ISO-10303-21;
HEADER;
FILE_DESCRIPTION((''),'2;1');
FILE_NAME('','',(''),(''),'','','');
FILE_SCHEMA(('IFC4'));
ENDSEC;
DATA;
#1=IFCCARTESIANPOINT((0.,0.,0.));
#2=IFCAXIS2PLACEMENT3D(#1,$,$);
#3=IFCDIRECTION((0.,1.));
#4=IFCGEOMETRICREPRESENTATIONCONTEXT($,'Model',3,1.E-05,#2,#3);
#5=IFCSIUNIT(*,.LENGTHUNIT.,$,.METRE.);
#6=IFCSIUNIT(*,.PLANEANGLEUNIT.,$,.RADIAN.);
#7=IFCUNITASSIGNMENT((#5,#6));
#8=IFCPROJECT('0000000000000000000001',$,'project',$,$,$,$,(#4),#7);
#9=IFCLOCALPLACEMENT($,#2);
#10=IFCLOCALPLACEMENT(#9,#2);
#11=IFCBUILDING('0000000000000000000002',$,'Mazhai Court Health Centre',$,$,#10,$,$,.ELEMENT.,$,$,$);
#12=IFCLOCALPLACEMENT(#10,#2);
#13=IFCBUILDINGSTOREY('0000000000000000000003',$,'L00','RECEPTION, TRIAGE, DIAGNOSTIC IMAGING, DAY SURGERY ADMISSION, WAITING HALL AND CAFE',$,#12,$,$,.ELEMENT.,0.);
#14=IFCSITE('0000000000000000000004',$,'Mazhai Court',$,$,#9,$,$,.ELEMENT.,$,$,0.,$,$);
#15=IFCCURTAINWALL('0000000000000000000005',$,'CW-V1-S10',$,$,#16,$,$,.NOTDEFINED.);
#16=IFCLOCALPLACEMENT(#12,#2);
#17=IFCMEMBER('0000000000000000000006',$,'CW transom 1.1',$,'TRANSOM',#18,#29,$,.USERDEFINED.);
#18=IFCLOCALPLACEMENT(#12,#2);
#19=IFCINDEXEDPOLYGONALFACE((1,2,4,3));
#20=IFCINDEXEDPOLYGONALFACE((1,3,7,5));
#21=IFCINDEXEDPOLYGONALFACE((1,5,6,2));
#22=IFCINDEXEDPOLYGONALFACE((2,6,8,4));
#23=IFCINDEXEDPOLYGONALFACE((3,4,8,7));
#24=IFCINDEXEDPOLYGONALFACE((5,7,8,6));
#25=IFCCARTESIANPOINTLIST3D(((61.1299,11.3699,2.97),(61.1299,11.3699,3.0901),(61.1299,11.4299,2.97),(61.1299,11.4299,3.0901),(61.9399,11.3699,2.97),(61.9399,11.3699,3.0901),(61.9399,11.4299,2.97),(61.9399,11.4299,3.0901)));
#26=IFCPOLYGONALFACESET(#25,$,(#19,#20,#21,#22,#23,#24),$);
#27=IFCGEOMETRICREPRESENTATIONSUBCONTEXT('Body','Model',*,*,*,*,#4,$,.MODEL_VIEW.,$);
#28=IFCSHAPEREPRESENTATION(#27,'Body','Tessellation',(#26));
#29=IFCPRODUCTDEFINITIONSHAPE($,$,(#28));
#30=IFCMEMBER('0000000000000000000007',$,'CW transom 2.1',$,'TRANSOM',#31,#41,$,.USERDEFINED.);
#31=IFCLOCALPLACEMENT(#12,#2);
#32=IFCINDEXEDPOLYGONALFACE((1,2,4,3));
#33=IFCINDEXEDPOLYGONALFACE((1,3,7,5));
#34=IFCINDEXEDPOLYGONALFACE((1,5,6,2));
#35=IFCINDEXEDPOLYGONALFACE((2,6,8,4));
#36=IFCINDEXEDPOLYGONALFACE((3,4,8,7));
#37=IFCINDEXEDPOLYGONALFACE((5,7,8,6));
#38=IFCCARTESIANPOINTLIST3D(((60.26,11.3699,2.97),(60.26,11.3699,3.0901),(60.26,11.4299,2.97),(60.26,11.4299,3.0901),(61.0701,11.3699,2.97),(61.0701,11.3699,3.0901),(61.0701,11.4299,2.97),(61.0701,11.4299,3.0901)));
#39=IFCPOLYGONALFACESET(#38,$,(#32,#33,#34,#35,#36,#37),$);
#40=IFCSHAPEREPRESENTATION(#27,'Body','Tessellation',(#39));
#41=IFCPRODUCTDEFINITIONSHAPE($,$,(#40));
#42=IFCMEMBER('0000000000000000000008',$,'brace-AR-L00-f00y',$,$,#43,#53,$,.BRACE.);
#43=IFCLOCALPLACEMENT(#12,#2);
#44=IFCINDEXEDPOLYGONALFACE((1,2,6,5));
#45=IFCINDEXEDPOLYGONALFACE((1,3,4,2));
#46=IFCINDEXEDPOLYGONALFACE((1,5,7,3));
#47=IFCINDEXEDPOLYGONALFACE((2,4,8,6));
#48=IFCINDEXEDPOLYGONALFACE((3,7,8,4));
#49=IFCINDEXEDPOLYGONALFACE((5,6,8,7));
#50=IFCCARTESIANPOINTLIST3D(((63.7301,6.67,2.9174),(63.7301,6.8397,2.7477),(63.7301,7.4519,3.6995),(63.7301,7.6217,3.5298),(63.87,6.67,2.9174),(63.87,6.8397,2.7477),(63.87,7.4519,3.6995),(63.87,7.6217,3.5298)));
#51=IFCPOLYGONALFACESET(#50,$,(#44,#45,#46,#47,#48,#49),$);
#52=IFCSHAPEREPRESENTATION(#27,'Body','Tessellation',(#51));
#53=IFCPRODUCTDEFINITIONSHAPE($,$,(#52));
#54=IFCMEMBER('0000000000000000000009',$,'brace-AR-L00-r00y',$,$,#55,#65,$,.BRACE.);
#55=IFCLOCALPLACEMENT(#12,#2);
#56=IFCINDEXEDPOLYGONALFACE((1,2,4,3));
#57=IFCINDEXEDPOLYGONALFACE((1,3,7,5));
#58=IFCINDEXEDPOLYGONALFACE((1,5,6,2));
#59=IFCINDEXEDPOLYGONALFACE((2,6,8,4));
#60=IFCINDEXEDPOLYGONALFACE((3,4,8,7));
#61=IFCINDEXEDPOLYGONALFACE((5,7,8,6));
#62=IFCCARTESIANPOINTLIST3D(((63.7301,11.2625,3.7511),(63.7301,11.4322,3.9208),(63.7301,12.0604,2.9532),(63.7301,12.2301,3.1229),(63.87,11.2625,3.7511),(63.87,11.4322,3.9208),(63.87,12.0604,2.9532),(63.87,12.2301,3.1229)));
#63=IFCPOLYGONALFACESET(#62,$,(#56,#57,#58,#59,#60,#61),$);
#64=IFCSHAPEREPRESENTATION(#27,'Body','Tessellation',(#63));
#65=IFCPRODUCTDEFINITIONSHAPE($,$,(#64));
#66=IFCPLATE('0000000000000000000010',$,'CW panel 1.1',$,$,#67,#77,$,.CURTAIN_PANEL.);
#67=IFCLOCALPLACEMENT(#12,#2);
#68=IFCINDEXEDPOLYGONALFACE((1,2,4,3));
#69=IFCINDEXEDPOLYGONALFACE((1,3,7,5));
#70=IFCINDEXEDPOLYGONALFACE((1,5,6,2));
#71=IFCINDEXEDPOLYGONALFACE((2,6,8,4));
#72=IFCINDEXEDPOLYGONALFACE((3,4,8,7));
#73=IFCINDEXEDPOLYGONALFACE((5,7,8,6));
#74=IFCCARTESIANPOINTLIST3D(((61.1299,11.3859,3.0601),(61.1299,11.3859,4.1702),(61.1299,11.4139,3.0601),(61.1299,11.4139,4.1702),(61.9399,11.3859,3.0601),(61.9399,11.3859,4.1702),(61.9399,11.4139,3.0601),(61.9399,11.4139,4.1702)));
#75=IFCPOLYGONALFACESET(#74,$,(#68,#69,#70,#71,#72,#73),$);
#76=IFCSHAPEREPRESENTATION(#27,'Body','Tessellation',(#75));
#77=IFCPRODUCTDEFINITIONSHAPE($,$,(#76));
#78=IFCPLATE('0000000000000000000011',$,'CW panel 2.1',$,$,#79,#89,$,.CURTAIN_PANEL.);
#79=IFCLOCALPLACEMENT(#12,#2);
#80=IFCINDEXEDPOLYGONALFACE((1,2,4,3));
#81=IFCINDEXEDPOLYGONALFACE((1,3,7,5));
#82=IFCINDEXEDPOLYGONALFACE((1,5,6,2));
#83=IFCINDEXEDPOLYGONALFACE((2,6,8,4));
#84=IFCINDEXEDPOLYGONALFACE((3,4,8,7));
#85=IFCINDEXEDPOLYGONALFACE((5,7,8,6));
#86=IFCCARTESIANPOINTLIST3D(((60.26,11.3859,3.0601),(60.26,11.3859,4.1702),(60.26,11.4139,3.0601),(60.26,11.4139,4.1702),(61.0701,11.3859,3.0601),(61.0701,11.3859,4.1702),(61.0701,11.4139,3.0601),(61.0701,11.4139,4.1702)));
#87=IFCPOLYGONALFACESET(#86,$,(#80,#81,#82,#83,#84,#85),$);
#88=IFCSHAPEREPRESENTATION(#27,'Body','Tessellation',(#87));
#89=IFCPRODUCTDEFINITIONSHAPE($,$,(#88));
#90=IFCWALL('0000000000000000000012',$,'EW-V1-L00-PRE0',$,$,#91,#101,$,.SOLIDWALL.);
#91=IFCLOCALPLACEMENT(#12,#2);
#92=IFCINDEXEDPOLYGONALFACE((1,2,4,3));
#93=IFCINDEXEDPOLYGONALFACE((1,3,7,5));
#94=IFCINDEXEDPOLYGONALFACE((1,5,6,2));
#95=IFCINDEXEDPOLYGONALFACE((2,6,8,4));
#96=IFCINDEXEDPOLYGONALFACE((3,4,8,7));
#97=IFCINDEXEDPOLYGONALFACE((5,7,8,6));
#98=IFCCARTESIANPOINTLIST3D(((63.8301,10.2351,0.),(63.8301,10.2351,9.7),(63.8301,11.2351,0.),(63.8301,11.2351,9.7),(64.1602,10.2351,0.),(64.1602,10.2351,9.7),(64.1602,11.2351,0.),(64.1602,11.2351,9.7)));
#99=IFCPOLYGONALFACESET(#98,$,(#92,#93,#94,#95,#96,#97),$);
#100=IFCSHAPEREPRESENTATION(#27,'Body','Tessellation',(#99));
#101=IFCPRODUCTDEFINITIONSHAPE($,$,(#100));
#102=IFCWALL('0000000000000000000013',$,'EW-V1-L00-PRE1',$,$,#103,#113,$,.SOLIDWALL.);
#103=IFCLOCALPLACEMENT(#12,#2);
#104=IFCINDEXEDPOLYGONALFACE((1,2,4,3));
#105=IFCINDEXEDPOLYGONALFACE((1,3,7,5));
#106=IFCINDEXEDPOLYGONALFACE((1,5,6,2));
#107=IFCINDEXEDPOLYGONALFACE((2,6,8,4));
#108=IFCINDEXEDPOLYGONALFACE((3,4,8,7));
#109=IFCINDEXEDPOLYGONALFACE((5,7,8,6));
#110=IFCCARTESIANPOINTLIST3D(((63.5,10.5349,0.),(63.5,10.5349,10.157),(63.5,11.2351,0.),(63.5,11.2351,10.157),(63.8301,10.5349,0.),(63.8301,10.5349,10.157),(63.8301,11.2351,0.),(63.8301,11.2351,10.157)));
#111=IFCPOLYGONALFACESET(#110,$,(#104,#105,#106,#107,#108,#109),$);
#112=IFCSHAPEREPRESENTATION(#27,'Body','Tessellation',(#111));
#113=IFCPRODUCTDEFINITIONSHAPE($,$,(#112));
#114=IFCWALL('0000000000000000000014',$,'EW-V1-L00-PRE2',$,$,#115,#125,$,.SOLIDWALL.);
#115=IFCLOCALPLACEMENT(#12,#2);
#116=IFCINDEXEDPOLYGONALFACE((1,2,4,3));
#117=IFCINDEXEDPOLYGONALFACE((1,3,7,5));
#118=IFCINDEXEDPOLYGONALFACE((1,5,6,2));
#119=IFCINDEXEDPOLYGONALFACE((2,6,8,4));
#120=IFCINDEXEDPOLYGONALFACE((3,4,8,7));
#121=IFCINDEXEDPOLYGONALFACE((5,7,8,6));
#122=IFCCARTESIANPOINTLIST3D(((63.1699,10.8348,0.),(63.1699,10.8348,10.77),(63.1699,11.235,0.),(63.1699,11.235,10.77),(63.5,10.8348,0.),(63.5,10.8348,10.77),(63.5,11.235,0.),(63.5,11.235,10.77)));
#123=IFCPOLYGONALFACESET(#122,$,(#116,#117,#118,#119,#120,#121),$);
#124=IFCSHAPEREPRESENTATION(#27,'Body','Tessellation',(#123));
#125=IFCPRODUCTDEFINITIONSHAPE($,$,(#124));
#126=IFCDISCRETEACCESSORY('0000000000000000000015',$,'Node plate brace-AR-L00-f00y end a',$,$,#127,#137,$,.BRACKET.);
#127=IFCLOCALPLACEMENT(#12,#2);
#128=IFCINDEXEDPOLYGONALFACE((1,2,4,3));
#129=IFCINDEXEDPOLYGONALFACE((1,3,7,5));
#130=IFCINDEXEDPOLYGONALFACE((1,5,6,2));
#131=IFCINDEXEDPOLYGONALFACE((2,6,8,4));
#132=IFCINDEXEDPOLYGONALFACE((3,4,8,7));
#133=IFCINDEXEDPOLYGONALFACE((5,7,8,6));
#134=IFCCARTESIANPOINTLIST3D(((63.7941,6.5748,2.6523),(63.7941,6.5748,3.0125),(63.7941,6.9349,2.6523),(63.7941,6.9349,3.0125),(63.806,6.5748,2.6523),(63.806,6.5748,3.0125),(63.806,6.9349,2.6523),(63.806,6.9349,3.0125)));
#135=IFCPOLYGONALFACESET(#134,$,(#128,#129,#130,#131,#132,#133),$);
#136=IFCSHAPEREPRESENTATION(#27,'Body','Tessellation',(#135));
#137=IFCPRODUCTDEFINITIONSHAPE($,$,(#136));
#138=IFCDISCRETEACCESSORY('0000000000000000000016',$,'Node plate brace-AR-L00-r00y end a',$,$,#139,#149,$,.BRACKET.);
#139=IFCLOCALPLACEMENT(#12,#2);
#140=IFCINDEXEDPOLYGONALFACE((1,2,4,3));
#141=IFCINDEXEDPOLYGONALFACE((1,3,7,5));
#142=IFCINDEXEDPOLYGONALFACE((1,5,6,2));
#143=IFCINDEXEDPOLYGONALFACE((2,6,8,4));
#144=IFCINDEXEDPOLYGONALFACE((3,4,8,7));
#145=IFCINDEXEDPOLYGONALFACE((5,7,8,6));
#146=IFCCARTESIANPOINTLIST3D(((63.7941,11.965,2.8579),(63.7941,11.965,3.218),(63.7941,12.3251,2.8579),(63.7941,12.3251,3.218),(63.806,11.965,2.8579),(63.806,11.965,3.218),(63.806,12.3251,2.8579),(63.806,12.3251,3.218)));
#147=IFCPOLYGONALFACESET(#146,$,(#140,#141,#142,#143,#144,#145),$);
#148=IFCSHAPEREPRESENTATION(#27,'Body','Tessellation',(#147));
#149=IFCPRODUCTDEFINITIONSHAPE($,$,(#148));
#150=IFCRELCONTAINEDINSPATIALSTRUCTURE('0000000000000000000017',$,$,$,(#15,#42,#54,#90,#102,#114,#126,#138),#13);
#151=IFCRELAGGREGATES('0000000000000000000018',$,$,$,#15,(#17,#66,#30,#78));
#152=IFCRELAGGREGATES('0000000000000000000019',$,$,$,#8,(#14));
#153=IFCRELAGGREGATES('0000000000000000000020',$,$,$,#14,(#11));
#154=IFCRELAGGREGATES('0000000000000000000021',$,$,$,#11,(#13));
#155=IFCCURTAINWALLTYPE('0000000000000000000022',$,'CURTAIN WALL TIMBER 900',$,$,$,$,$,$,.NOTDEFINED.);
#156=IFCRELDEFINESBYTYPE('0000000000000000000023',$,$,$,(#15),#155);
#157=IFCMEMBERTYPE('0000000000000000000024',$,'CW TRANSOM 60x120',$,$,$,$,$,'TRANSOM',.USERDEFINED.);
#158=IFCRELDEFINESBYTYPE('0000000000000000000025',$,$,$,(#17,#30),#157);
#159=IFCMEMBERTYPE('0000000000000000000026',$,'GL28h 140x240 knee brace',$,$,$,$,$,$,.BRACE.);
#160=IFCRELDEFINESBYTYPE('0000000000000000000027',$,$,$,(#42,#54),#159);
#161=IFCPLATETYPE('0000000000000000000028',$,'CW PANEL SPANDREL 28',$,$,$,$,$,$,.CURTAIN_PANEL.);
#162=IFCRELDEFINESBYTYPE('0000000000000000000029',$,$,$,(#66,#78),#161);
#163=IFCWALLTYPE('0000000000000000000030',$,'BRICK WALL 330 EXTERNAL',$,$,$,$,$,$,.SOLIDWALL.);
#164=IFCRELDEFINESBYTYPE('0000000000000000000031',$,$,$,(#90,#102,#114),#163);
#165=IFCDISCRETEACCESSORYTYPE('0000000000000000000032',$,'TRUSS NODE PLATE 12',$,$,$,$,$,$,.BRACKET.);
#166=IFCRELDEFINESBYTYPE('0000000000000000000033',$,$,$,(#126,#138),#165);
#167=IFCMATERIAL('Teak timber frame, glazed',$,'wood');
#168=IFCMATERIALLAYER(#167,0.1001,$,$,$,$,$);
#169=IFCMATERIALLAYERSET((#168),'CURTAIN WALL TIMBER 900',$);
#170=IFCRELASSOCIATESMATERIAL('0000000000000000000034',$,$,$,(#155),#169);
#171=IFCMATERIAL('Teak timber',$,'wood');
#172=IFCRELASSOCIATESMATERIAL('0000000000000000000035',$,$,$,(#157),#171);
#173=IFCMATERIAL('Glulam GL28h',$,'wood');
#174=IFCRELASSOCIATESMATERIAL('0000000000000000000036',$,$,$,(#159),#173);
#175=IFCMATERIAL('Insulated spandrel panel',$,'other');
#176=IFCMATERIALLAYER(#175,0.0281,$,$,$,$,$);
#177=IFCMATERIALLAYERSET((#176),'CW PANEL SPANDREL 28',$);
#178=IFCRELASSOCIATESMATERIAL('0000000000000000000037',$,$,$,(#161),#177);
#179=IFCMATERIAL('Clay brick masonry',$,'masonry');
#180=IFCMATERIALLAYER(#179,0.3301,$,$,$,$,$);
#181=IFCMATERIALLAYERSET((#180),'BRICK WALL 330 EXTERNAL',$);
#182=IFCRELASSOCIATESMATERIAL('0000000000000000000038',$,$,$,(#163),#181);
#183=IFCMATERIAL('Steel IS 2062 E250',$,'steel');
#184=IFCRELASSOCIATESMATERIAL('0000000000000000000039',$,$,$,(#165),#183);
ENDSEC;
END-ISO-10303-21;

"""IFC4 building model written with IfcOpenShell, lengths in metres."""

from ifc_helpers import new_model, si_unit, direction, frame, frame_2d, origin, origin_2d, place, context, subcontext, project, spatial, rectangle, extrude, material, layer, layer_set, material_profile, profile_set, type_object, element, aggregate, save


model = new_model("IFC4")

# Units and contexts
model_context = context("Model", 3, precision=1e-05, world=origin(), true_north=direction((0.0, 1.0)))
body_context = subcontext(model_context, "Body", "Model", "MODEL_VIEW")
ifc_project = project(units=[si_unit("LENGTHUNIT", "METRE"), si_unit("PLANEANGLEUNIT", "RADIAN")], contexts=[model_context])

# Site, building, storey
site_placement = place(None, origin())
site = spatial("IfcSite", under=ifc_project, at=site_placement, Name="Mazhai Court", CompositionType="ELEMENT", RefElevation=0.0)
building_placement = place(site_placement, origin())
building = spatial("IfcBuilding", under=site, at=building_placement, Name="Mazhai Court Health Centre", CompositionType="ELEMENT")
storey_placement = place(building_placement, origin())
storey = spatial("IfcBuildingStorey", under=building, at=storey_placement, Name="L00", Description="RECEPTION, TRIAGE, DIAGNOSTIC IMAGING, DAY SURGERY ADMISSION, WAITING HALL AND CAFE", CompositionType="ELEMENT", Elevation=0.0)

# Curtain wall, members
ifc_material_1 = material(Name="Teak timber frame, glazed", Category="wood")
ifc_layer_1 = layer(ifc_material_1, 0.1001)
ifc_layer_set_1 = layer_set([ifc_layer_1], Name="CURTAIN WALL TIMBER 900")
curtain_wall_type = type_object("IfcCurtainWallType", Name="CURTAIN WALL TIMBER 900", PredefinedType="NOTDEFINED", material=ifc_layer_set_1)
curtain_wall_placement = place(storey_placement, origin())
curtain_wall = element("IfcCurtainWall", 1, at=curtain_wall_placement, inside=storey, type_object=curtain_wall_type, Name="CW-V1-S10", PredefinedType="NOTDEFINED")
ifc_material_2 = material(Name="Teak timber", Category="wood")
ifc_material_profile_1 = material_profile(ifc_material_2, rectangle(XDim=0.0601, YDim=0.1201, at=origin_2d()), Name="CW TRANSOM 60x120")
ifc_profile_set_1 = profile_set([ifc_material_profile_1], Name="Teak timber")
member_type_1 = type_object("IfcMemberType", Name="CW TRANSOM 60x120", ElementType="TRANSOM", PredefinedType="USERDEFINED", material=ifc_profile_set_1)
member_1_placement = place(storey_placement, frame((61.9399, 11.3999, 3.03), z_axis=(-1.0, 0.0, 0.0), x_axis=(0.0, -1.0, 0.0)))
member_1 = element("IfcMember", 2, at=member_1_placement, type_object=member_type_1, Name="CW transom 1.1", ObjectType="TRANSOM", PredefinedType="USERDEFINED", context=body_context, shape_type="SweptSolid", body=[
    extrude(rectangle(XDim=0.0601, YDim=0.1201, at=origin_2d()), origin(), (0.0, 0.0, 1.0), 0.8101),
])
member_2_placement = place(storey_placement, frame((61.0701, 11.3999, 3.03), z_axis=(-1.0, 0.0, 0.0), x_axis=(0.0, -1.0, 0.0)))
member_2 = element("IfcMember", 3, at=member_2_placement, type_object=member_type_1, Name="CW transom 2.1", ObjectType="TRANSOM", PredefinedType="USERDEFINED", context=body_context, shape_type="SweptSolid", body=[
    extrude(rectangle(XDim=0.0601, YDim=0.1201, at=origin_2d()), origin(), (0.0, 0.0, 1.0), 0.8101),
])

# Members
ifc_material_3 = material(Name="Glulam GL28h", Category="wood")
ifc_material_profile_2 = material_profile(ifc_material_3, rectangle(XDim=0.1399, YDim=0.24, at=origin_2d()), Name="GL28h 140x240")
ifc_profile_set_2 = profile_set([ifc_material_profile_2], Name="Glulam GL28h")
member_type_2 = type_object("IfcMemberType", Name="GL28h 140x240 knee brace", PredefinedType="BRACE", material=ifc_profile_set_2)
member_3_placement = place(storey_placement, frame((63.8, 6.7549, 2.8325), z_axis=(0.0, 0.706996, 0.707217), x_axis=(-1.0, 0.0, 0.0)))
element("IfcMember", 4, at=member_3_placement, inside=storey, type_object=member_type_2, Name="brace-AR-L00-f00y", PredefinedType="BRACE", context=body_context, shape_type="SweptSolid", body=[
    extrude(rectangle(XDim=0.1399, YDim=0.24, at=origin_2d()), origin(), (0.0, 0.0, 1.0), 1.106),
])
member_4_placement = place(storey_placement, frame((63.8, 12.1453, 3.0381), z_axis=(0.0, -0.707107, 0.707107), x_axis=(1.0, 0.0, 0.0)))
element("IfcMember", 5, at=member_4_placement, inside=storey, type_object=member_type_2, Name="brace-AR-L00-r00y", PredefinedType="BRACE", context=body_context, shape_type="SweptSolid", body=[
    extrude(rectangle(XDim=0.1399, YDim=0.24, at=origin_2d()), origin(), (0.0, 0.0, 1.0), 1.1284),
])

# Plates
ifc_material_4 = material(Name="Insulated spandrel panel", Category="other")
ifc_layer_2 = layer(ifc_material_4, 0.0281)
ifc_layer_set_2 = layer_set([ifc_layer_2], Name="CW PANEL SPANDREL 28")
plate_type = type_object("IfcPlateType", Name="CW PANEL SPANDREL 28", PredefinedType="CURTAIN_PANEL", material=ifc_layer_set_2)
plate_1_placement = place(storey_placement, frame((61.5349, 11.3999, 3.0601), z_axis=(0.0, 0.0, 1.0), x_axis=(-1.0, 0.0, 0.0)))
plate_1 = element("IfcPlate", 6, at=plate_1_placement, type_object=plate_type, Name="CW panel 1.1", PredefinedType="CURTAIN_PANEL", context=body_context, shape_type="SweptSolid", body=[
    extrude(rectangle(XDim=0.8101, YDim=0.0281, at=origin_2d()), origin(), (0.0, 0.0, 1.0), 1.1101),
])
plate_2_placement = place(storey_placement, frame((60.665, 11.3999, 3.0601), z_axis=(0.0, 0.0, 1.0), x_axis=(-1.0, 0.0, 0.0)))
plate_2 = element("IfcPlate", 7, at=plate_2_placement, type_object=plate_type, Name="CW panel 2.1", PredefinedType="CURTAIN_PANEL", context=body_context, shape_type="SweptSolid", body=[
    extrude(rectangle(XDim=0.8101, YDim=0.0281, at=origin_2d()), origin(), (0.0, 0.0, 1.0), 1.1101),
])
aggregate(curtain_wall, [member_1, plate_1, member_2, plate_2])

# Walls
ifc_material_5 = material(Name="Clay brick masonry", Category="masonry")
ifc_layer_3 = layer(ifc_material_5, 0.3301)
ifc_layer_set_3 = layer_set([ifc_layer_3], Name="BRICK WALL 330 EXTERNAL")
wall_type = type_object("IfcWallType", Name="BRICK WALL 330 EXTERNAL", PredefinedType="SOLIDWALL", material=ifc_layer_set_3)
wall_1_placement = place(storey_placement, frame((63.9951, 11.2351, 0.0), z_axis=(0.0, 0.0, 1.0), x_axis=(0.0, -1.0, 0.0)))
element("IfcWall", 8, at=wall_1_placement, inside=storey, type_object=wall_type, Name="EW-V1-L00-PRE0", PredefinedType="SOLIDWALL", context=body_context, shape_type="SweptSolid", body=[
    extrude(rectangle(XDim=1.0, YDim=0.3301, at=frame_2d((0.5, 0.0))), origin(), (0.0, 0.0, 1.0), 9.7),
])
wall_2_placement = place(storey_placement, frame((63.665, 11.2351, 0.0), z_axis=(0.0, 0.0, 1.0), x_axis=(0.0, -1.0, 0.0)))
element("IfcWall", 9, at=wall_2_placement, inside=storey, type_object=wall_type, Name="EW-V1-L00-PRE1", PredefinedType="SOLIDWALL", context=body_context, shape_type="SweptSolid", body=[
    extrude(rectangle(XDim=0.7002, YDim=0.3301, at=frame_2d((0.3501, 0.0))), origin(), (0.0, 0.0, 1.0), 10.157),
])
wall_3_placement = place(storey_placement, frame((63.335, 11.2351, 0.0), z_axis=(0.0, 0.0, 1.0), x_axis=(0.0, -1.0, 0.0)))
element("IfcWall", 10, at=wall_3_placement, inside=storey, type_object=wall_type, Name="EW-V1-L00-PRE2", PredefinedType="SOLIDWALL", context=body_context, shape_type="SweptSolid", body=[
    extrude(rectangle(XDim=0.4001, YDim=0.3301, at=frame_2d((0.2002, 0.0))), origin(), (0.0, 0.0, 1.0), 10.77),
])

# Discrete accessories
ifc_material_6 = material(Name="Steel IS 2062 E250", Category="steel")
discrete_accessory_type = type_object("IfcDiscreteAccessoryType", Name="TRUSS NODE PLATE 12", PredefinedType="BRACKET", material=ifc_material_6)
for number, where, z_axis, x_axis, name in (
    (11, (63.8, 6.7549, 2.6523), (0.0, 0.0, 1.0), (1.0, 0.0, 0.0), "Node plate brace-AR-L00-f00y end a"),
    (12, (63.8, 12.145, 2.8579), (0.0, 0.0, 1.0), (1.0, 0.0, 0.0), "Node plate brace-AR-L00-r00y end a"),
):
    element("IfcDiscreteAccessory", number, at=place(storey_placement, frame(where, z_axis=z_axis, x_axis=x_axis)), inside=storey, type_object=discrete_accessory_type, Name=name, PredefinedType="BRACKET", context=body_context, shape_type="SweptSolid", body=[
        extrude(rectangle(XDim=0.012, YDim=0.3601, at=origin_2d()), origin(), (0.0, 0.0, 1.0), 0.3601),
    ])

save(model, "model.ifc")
